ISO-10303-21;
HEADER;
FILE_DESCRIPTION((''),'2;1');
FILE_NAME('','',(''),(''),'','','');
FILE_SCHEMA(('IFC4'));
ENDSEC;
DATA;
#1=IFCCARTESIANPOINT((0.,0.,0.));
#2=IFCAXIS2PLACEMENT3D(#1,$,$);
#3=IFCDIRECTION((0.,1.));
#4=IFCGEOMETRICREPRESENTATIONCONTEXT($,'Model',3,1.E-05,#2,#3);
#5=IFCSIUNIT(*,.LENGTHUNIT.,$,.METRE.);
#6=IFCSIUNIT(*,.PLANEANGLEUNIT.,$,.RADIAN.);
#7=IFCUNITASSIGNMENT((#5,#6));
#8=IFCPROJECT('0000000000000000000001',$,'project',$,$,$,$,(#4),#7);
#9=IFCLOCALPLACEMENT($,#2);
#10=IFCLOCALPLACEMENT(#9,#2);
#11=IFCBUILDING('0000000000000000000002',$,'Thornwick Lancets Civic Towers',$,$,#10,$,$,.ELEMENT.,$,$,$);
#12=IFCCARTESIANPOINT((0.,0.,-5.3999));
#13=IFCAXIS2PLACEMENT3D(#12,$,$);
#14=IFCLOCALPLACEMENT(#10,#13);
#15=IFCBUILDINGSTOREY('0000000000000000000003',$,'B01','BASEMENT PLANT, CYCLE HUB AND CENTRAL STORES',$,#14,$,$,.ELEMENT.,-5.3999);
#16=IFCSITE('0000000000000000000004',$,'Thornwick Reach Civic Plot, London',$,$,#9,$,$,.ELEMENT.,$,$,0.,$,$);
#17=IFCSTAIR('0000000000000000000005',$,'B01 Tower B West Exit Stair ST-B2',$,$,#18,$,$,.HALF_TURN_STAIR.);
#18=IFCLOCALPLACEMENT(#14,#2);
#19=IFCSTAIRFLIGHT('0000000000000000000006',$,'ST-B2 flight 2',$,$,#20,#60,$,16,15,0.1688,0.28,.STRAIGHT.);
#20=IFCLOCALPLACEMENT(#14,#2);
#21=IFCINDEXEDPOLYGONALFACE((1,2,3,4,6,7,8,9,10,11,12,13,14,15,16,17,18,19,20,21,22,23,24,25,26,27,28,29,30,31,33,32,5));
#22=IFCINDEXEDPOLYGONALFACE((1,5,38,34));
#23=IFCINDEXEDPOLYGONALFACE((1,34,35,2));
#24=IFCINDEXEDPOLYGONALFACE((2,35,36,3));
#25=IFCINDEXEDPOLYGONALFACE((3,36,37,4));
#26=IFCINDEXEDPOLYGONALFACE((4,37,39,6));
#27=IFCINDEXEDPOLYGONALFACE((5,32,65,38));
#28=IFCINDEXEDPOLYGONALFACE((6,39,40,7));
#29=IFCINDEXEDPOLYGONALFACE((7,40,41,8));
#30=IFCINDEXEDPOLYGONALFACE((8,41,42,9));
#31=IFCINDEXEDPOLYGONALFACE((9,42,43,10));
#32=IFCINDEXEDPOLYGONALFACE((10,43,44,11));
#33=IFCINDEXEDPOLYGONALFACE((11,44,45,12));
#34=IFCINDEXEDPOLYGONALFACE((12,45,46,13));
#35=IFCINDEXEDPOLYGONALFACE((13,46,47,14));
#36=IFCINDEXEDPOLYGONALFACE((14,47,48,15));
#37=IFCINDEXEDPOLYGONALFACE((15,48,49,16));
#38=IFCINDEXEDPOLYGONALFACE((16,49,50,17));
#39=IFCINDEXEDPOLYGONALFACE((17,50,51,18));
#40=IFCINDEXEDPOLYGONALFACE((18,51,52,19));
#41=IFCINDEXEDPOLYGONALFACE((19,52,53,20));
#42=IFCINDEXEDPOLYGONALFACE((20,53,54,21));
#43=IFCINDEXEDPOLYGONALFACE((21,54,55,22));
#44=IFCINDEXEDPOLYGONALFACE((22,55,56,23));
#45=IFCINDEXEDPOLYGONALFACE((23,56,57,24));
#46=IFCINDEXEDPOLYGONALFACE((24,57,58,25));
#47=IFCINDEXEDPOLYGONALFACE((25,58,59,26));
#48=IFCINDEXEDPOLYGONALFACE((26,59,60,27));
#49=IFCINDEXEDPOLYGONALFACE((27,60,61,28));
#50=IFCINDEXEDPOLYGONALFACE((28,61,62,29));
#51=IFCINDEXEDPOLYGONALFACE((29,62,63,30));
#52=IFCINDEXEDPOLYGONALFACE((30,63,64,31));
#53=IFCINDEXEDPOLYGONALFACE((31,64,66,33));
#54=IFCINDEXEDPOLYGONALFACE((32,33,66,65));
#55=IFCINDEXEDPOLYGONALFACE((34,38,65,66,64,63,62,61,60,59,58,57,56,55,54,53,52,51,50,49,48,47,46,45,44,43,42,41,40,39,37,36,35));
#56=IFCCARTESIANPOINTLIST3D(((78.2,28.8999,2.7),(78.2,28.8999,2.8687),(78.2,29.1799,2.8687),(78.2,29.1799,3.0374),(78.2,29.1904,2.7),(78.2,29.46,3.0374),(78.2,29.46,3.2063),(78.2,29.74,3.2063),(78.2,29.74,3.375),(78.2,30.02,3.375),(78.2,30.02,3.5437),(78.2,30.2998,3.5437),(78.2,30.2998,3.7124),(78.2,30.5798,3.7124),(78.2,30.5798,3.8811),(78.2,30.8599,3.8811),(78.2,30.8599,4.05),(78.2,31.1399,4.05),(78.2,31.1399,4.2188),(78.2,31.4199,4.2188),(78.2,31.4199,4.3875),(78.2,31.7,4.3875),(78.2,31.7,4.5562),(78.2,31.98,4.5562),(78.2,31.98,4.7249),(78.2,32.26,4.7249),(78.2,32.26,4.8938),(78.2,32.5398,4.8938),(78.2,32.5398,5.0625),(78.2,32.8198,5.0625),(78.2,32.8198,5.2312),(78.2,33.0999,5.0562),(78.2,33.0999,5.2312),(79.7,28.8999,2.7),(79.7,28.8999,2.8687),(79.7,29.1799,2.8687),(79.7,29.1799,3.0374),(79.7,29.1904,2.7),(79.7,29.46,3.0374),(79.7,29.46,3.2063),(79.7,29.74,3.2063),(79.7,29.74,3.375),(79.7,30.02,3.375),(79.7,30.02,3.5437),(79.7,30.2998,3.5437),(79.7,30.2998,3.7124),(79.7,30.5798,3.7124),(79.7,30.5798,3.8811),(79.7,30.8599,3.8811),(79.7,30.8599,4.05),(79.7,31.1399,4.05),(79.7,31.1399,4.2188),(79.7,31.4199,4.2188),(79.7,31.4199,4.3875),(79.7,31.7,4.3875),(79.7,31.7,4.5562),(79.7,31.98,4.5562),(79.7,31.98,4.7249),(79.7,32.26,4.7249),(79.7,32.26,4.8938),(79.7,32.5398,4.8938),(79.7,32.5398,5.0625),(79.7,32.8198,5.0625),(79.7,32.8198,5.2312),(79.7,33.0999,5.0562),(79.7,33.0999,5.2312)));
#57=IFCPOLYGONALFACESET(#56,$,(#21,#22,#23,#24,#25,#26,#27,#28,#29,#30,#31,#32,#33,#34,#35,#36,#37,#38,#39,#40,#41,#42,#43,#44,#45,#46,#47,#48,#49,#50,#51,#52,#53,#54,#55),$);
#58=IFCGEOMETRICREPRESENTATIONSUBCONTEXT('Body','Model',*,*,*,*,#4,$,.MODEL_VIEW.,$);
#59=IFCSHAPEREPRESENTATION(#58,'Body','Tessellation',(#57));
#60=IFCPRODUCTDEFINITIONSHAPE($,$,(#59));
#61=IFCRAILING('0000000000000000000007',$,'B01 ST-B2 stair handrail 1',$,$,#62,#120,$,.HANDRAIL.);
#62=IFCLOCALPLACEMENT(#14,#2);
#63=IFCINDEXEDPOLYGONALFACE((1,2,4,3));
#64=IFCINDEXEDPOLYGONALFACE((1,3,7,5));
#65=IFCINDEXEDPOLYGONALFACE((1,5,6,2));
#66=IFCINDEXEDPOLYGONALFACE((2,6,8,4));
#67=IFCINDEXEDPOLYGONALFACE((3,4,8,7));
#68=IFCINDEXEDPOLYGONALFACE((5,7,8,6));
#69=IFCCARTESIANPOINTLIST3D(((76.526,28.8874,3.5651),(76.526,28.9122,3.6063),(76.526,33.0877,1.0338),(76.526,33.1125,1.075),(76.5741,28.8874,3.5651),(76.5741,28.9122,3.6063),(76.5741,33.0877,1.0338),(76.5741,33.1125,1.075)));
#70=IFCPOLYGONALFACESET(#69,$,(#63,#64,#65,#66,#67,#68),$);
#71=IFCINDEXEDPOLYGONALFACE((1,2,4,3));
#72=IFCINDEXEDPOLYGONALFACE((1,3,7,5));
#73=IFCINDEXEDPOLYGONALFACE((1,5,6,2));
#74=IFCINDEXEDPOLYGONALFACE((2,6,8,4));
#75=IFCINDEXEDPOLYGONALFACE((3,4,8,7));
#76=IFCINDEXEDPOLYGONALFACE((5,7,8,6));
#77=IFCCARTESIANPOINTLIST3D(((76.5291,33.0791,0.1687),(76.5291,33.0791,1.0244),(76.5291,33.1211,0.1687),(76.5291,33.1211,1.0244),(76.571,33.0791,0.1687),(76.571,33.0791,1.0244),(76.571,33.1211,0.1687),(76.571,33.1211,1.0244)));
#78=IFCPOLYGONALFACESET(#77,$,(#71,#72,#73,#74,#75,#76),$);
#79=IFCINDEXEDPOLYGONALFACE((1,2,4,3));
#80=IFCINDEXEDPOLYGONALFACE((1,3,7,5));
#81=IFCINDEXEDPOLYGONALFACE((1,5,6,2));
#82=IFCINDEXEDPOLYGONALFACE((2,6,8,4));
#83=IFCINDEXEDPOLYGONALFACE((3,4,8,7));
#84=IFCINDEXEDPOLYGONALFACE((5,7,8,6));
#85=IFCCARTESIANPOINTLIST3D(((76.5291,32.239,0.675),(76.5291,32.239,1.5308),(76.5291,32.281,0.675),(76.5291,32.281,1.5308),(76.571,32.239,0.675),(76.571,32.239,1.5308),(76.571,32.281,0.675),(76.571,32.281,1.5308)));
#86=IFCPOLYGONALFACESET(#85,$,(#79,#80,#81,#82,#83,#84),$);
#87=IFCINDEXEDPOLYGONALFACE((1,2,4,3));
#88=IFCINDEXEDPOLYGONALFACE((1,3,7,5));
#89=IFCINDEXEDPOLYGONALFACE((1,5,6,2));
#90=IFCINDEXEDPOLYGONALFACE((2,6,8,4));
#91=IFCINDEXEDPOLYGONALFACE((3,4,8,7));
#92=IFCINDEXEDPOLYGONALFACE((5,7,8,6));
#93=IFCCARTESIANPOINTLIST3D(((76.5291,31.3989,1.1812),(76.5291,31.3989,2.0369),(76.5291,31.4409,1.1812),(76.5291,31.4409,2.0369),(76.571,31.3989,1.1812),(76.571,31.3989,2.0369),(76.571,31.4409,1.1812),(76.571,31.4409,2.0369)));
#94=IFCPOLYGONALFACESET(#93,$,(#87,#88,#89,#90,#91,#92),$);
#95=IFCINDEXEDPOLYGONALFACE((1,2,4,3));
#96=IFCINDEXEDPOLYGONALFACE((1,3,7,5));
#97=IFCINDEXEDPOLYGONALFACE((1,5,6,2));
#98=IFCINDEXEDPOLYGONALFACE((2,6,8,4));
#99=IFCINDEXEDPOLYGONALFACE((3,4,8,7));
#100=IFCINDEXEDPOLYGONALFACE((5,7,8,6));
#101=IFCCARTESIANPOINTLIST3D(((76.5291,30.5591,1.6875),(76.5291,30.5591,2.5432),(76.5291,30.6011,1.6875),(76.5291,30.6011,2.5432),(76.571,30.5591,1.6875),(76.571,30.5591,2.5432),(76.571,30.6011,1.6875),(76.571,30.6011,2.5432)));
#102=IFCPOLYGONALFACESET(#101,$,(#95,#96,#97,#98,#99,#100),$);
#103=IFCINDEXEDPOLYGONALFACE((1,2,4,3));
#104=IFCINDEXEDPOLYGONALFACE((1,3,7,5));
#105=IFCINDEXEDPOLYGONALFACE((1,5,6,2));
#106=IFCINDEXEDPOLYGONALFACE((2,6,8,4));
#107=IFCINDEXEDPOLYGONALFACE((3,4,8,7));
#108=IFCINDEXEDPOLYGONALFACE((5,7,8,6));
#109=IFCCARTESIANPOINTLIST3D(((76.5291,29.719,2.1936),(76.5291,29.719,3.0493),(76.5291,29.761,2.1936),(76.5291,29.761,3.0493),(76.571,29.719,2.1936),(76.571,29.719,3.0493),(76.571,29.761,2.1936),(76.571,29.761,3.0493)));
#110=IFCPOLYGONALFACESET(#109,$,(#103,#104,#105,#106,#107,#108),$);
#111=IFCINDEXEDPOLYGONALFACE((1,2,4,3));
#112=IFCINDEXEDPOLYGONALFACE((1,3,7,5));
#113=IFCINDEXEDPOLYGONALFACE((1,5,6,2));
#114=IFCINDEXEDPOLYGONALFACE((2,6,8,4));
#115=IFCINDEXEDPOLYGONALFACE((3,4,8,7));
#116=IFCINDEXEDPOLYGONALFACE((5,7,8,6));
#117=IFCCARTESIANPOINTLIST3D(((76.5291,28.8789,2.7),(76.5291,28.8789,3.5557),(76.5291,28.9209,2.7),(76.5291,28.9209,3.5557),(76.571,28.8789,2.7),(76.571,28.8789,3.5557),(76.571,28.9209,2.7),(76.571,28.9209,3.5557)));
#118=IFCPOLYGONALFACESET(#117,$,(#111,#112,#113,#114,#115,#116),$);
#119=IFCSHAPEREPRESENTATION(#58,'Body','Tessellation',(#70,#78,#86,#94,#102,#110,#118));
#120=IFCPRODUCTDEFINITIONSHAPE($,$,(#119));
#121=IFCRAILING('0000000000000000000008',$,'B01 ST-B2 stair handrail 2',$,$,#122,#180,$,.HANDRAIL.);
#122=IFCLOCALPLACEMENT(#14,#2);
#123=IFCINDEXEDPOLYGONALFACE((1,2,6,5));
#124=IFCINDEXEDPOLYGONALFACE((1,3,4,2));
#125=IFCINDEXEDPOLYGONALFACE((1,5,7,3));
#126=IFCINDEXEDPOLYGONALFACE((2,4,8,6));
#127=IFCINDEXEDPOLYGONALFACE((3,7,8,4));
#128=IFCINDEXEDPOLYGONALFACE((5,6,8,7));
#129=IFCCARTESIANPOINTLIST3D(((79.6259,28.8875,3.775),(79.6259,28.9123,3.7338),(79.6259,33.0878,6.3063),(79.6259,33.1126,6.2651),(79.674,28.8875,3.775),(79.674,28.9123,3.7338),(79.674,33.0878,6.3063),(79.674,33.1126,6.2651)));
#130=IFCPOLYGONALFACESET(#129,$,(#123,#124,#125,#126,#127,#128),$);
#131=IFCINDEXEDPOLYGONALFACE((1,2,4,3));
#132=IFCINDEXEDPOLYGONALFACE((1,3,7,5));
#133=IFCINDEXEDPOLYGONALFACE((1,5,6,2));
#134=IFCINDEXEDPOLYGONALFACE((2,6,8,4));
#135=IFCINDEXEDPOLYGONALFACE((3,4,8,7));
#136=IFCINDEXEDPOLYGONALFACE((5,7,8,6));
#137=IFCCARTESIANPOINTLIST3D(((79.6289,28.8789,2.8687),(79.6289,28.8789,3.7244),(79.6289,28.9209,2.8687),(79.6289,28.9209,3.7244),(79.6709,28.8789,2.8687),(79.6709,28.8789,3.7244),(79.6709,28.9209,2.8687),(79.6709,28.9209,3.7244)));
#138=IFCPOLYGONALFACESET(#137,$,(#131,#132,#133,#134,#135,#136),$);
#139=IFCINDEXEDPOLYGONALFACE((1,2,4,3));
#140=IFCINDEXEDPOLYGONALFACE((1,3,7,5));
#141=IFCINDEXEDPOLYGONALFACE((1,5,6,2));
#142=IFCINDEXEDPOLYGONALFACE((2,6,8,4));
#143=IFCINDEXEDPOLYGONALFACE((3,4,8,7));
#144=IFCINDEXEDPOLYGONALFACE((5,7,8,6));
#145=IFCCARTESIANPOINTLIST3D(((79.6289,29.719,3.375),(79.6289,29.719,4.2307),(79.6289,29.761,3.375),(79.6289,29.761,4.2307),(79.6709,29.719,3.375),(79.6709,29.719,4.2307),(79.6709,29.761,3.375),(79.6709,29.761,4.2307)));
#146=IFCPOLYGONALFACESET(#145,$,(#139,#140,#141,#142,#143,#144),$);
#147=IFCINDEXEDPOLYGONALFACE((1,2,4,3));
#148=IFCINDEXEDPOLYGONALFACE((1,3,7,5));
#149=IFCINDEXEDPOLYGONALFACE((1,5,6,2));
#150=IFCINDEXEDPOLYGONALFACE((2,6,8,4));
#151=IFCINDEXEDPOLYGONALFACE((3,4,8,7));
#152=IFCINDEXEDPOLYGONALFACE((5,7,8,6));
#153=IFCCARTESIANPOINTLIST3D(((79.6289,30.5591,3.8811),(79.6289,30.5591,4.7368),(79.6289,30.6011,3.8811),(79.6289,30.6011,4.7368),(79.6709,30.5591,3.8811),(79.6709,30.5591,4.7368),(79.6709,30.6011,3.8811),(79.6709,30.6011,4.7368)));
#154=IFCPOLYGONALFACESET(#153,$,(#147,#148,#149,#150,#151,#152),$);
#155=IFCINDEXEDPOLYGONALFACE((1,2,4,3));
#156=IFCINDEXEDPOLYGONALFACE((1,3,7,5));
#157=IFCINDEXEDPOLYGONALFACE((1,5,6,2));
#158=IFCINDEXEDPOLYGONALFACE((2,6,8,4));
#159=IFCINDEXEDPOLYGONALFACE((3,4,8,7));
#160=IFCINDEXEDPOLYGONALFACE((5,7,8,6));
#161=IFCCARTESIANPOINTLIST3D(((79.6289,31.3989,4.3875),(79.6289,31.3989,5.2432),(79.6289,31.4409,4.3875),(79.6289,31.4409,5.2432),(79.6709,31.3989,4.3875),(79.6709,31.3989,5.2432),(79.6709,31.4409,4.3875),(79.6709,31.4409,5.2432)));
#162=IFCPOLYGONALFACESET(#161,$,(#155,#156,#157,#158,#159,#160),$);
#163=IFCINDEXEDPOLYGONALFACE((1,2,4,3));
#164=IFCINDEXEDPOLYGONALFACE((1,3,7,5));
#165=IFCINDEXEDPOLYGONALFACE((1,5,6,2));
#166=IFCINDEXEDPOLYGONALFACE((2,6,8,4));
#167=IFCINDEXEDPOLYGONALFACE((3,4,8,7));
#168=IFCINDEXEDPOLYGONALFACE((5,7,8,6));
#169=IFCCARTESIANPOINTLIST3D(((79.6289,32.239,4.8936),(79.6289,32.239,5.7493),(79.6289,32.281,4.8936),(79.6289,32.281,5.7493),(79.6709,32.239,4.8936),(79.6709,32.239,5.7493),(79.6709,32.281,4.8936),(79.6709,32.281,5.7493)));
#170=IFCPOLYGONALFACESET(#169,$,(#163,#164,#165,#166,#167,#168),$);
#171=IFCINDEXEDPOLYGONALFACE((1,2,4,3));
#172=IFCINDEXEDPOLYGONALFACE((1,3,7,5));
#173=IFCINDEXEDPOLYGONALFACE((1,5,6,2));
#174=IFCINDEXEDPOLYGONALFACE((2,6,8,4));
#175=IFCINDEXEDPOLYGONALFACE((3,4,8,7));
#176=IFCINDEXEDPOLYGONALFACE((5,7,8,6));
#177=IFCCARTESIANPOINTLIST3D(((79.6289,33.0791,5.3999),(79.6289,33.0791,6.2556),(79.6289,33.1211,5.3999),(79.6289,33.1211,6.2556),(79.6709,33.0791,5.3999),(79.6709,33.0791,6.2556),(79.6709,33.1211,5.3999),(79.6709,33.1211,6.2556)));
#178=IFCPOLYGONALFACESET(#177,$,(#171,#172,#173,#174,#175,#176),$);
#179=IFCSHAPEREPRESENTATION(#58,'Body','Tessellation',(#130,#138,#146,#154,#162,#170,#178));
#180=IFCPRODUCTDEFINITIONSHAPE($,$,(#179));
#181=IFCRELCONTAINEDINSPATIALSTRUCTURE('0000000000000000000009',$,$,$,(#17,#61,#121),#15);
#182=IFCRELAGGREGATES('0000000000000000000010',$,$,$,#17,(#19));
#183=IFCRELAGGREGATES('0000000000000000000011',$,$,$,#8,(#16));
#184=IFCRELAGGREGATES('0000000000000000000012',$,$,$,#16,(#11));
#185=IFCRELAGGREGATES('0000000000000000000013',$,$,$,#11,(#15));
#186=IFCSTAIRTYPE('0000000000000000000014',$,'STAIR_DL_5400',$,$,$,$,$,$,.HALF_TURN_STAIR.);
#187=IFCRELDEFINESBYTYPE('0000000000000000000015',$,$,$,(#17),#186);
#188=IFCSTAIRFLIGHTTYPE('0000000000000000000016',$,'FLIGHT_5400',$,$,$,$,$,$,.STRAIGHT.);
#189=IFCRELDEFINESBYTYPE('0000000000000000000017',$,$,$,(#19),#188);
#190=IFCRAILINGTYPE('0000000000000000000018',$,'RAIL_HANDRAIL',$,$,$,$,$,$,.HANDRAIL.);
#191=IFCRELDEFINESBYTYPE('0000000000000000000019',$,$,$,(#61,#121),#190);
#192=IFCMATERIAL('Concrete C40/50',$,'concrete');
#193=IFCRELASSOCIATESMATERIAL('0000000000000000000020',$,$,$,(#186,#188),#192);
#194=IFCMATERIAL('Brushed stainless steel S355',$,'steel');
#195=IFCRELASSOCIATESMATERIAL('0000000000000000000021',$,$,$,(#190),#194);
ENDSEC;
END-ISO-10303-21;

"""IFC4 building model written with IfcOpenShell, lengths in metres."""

from ifc_helpers import new_model, si_unit, direction, frame, origin, origin_2d, place, context, subcontext, project, spatial, polyline, rectangle, outline, extrude, material, type_object, element, aggregate, save


model = new_model("IFC4")

# Units and contexts
model_context = context("Model", 3, precision=1e-05, world=origin(), true_north=direction((0.0, 1.0)))
body_context = subcontext(model_context, "Body", "Model", "MODEL_VIEW")
ifc_project = project(units=[si_unit("LENGTHUNIT", "METRE"), si_unit("PLANEANGLEUNIT", "RADIAN")], contexts=[model_context])

# Site, building, storey
site_placement = place(None, origin())
site = spatial("IfcSite", under=ifc_project, at=site_placement, Name="Thornwick Reach Civic Plot, London", CompositionType="ELEMENT", RefElevation=0.0)
building_placement = place(site_placement, origin())
building = spatial("IfcBuilding", under=site, at=building_placement, Name="Thornwick Lancets Civic Towers", CompositionType="ELEMENT")
storey_placement = place(building_placement, frame((0.0, 0.0, -5.3999)))
storey = spatial("IfcBuildingStorey", under=building, at=storey_placement, Name="B01", Description="BASEMENT PLANT, CYCLE HUB AND CENTRAL STORES", CompositionType="ELEMENT", Elevation=-5.3999)

# Shared definitions
ifc_material_1 = material(Name="Concrete C40/50", Category="concrete")

# Stair, stair flight
stair_type = type_object("IfcStairType", Name="STAIR_DL_5400", PredefinedType="HALF_TURN_STAIR", material=ifc_material_1)
stair_placement = place(storey_placement, origin())
stair = element("IfcStair", 1, at=stair_placement, inside=storey, type_object=stair_type, Name="B01 Tower B West Exit Stair ST-B2", PredefinedType="HALF_TURN_STAIR")
stair_flight_type = type_object("IfcStairFlightType", Name="FLIGHT_5400", PredefinedType="STRAIGHT", material=ifc_material_1)
stair_flight_1_placement = place(storey_placement, frame((78.95, 28.8999, 2.7), z_axis=(0.0, 0.0, 1.0), x_axis=(0.0, 1.0, 0.0)))
stair_flight_1 = element("IfcStairFlight", 2, at=stair_flight_1_placement, type_object=stair_flight_type, Name="ST-B2 flight 2", NumberOfRisers=16, NumberOfTreads=15, PredefinedType="STRAIGHT", RiserHeight=0.1688, TreadLength=0.28, context=body_context, shape_type="SweptSolid", body=[
    extrude(outline(polyline([(0.0, 0.0), (0.0, 0.1687), (0.28, 0.1687), (0.28, 0.3374), (0.5601, 0.3374), (0.5601, 0.5063), (0.8401, 0.5063), (0.8401, 0.675), (1.1201, 0.675), (1.1201, 0.8438), (1.3999, 0.8438), (1.3999, 1.0125), (1.6799, 1.0125), (1.6799, 1.1812), (1.96, 1.1812), (1.96, 1.3501), (2.24, 1.3501), (2.24, 1.5188), (2.52, 1.5188), (2.52, 1.6875), (2.8, 1.6875), (2.8, 1.8562), (3.0801, 1.8562), (3.0801, 2.0249), (3.3601, 2.0249), (3.3601, 2.1938), (3.6399, 2.1938), (3.6399, 2.3625), (3.9199, 2.3625), (3.9199, 2.5312), (4.2, 2.5312), (4.2, 2.7), (4.2, 2.3562), (0.2905, 0.0), (0.0, 0.0)])), frame((0.0, 0.75, 0.0), z_axis=(0.0, -1.0, 0.0), x_axis=(1.0, 0.0, 0.0)), (0.0, 0.0, 1.0), 1.5),
])
aggregate(stair, [stair_flight_1])

# Railings
ifc_material_2 = material(Name="Brushed stainless steel S355", Category="steel")
railing_type_1 = type_object("IfcRailingType", Name="RAIL_HANDRAIL", PredefinedType="HANDRAIL", material=ifc_material_2)
railing_1_placement = place(storey_placement, frame((76.55, 33.1001, 0.1687)))
element("IfcRailing", 3, at=railing_1_placement, inside=storey, type_object=railing_type_1, Name="B01 ST-B2 stair handrail 1", PredefinedType="HANDRAIL", context=body_context, shape_type="SweptSolid", body=[
    extrude(rectangle(XDim=0.0481, YDim=0.0481, at=origin_2d()), frame((0.0, 0.0, 0.8857), z_axis=(0.0, -0.85649, 0.516164), x_axis=(1.0, 0.0, 0.0)), (0.0, 0.0, 1.0), 4.9041),
    extrude(rectangle(XDim=0.042, YDim=0.042, at=origin_2d()), origin(), (0.0, 0.0, 1.0), 0.8557),
    extrude(rectangle(XDim=0.042, YDim=0.042, at=origin_2d()), frame((0.0, -0.8401, 0.5063)), (0.0, 0.0, 1.0), 0.8557),
    extrude(rectangle(XDim=0.042, YDim=0.042, at=origin_2d()), frame((0.0, -1.6802, 1.0125)), (0.0, 0.0, 1.0), 0.8557),
    extrude(rectangle(XDim=0.042, YDim=0.042, at=origin_2d()), frame((0.0, -2.52, 1.5188)), (0.0, 0.0, 1.0), 0.8557),
    extrude(rectangle(XDim=0.042, YDim=0.042, at=origin_2d()), frame((0.0, -3.3601, 2.0249)), (0.0, 0.0, 1.0), 0.8557),
    extrude(rectangle(XDim=0.042, YDim=0.042, at=origin_2d()), frame((0.0, -4.2002, 2.5312)), (0.0, 0.0, 1.0), 0.8557),
])
railing_2_placement = place(storey_placement, frame((79.6499, 28.8999, 2.8687)))
element("IfcRailing", 4, at=railing_2_placement, inside=storey, type_object=railing_type_1, Name="B01 ST-B2 stair handrail 2", PredefinedType="HANDRAIL", context=body_context, shape_type="SweptSolid", body=[
    extrude(rectangle(XDim=0.0481, YDim=0.0481, at=origin_2d()), frame((0.0, 0.0, 0.8857), z_axis=(0.0, 0.85649, 0.516164), x_axis=(-1.0, 0.0, 0.0)), (0.0, 0.0, 1.0), 4.9041),
    extrude(rectangle(XDim=0.042, YDim=0.042, at=origin_2d()), origin(), (0.0, 0.0, 1.0), 0.8557),
    extrude(rectangle(XDim=0.042, YDim=0.042, at=origin_2d()), frame((0.0, 0.8401, 0.5063)), (0.0, 0.0, 1.0), 0.8557),
    extrude(rectangle(XDim=0.042, YDim=0.042, at=origin_2d()), frame((0.0, 1.6802, 1.0125)), (0.0, 0.0, 1.0), 0.8557),
    extrude(rectangle(XDim=0.042, YDim=0.042, at=origin_2d()), frame((0.0, 2.52, 1.5188)), (0.0, 0.0, 1.0), 0.8557),
    extrude(rectangle(XDim=0.042, YDim=0.042, at=origin_2d()), frame((0.0, 3.3601, 2.0249)), (0.0, 0.0, 1.0), 0.8557),
    extrude(rectangle(XDim=0.042, YDim=0.042, at=origin_2d()), frame((0.0, 4.2002, 2.5312)), (0.0, 0.0, 1.0), 0.8557),
])

save(model, "model.ifc")
